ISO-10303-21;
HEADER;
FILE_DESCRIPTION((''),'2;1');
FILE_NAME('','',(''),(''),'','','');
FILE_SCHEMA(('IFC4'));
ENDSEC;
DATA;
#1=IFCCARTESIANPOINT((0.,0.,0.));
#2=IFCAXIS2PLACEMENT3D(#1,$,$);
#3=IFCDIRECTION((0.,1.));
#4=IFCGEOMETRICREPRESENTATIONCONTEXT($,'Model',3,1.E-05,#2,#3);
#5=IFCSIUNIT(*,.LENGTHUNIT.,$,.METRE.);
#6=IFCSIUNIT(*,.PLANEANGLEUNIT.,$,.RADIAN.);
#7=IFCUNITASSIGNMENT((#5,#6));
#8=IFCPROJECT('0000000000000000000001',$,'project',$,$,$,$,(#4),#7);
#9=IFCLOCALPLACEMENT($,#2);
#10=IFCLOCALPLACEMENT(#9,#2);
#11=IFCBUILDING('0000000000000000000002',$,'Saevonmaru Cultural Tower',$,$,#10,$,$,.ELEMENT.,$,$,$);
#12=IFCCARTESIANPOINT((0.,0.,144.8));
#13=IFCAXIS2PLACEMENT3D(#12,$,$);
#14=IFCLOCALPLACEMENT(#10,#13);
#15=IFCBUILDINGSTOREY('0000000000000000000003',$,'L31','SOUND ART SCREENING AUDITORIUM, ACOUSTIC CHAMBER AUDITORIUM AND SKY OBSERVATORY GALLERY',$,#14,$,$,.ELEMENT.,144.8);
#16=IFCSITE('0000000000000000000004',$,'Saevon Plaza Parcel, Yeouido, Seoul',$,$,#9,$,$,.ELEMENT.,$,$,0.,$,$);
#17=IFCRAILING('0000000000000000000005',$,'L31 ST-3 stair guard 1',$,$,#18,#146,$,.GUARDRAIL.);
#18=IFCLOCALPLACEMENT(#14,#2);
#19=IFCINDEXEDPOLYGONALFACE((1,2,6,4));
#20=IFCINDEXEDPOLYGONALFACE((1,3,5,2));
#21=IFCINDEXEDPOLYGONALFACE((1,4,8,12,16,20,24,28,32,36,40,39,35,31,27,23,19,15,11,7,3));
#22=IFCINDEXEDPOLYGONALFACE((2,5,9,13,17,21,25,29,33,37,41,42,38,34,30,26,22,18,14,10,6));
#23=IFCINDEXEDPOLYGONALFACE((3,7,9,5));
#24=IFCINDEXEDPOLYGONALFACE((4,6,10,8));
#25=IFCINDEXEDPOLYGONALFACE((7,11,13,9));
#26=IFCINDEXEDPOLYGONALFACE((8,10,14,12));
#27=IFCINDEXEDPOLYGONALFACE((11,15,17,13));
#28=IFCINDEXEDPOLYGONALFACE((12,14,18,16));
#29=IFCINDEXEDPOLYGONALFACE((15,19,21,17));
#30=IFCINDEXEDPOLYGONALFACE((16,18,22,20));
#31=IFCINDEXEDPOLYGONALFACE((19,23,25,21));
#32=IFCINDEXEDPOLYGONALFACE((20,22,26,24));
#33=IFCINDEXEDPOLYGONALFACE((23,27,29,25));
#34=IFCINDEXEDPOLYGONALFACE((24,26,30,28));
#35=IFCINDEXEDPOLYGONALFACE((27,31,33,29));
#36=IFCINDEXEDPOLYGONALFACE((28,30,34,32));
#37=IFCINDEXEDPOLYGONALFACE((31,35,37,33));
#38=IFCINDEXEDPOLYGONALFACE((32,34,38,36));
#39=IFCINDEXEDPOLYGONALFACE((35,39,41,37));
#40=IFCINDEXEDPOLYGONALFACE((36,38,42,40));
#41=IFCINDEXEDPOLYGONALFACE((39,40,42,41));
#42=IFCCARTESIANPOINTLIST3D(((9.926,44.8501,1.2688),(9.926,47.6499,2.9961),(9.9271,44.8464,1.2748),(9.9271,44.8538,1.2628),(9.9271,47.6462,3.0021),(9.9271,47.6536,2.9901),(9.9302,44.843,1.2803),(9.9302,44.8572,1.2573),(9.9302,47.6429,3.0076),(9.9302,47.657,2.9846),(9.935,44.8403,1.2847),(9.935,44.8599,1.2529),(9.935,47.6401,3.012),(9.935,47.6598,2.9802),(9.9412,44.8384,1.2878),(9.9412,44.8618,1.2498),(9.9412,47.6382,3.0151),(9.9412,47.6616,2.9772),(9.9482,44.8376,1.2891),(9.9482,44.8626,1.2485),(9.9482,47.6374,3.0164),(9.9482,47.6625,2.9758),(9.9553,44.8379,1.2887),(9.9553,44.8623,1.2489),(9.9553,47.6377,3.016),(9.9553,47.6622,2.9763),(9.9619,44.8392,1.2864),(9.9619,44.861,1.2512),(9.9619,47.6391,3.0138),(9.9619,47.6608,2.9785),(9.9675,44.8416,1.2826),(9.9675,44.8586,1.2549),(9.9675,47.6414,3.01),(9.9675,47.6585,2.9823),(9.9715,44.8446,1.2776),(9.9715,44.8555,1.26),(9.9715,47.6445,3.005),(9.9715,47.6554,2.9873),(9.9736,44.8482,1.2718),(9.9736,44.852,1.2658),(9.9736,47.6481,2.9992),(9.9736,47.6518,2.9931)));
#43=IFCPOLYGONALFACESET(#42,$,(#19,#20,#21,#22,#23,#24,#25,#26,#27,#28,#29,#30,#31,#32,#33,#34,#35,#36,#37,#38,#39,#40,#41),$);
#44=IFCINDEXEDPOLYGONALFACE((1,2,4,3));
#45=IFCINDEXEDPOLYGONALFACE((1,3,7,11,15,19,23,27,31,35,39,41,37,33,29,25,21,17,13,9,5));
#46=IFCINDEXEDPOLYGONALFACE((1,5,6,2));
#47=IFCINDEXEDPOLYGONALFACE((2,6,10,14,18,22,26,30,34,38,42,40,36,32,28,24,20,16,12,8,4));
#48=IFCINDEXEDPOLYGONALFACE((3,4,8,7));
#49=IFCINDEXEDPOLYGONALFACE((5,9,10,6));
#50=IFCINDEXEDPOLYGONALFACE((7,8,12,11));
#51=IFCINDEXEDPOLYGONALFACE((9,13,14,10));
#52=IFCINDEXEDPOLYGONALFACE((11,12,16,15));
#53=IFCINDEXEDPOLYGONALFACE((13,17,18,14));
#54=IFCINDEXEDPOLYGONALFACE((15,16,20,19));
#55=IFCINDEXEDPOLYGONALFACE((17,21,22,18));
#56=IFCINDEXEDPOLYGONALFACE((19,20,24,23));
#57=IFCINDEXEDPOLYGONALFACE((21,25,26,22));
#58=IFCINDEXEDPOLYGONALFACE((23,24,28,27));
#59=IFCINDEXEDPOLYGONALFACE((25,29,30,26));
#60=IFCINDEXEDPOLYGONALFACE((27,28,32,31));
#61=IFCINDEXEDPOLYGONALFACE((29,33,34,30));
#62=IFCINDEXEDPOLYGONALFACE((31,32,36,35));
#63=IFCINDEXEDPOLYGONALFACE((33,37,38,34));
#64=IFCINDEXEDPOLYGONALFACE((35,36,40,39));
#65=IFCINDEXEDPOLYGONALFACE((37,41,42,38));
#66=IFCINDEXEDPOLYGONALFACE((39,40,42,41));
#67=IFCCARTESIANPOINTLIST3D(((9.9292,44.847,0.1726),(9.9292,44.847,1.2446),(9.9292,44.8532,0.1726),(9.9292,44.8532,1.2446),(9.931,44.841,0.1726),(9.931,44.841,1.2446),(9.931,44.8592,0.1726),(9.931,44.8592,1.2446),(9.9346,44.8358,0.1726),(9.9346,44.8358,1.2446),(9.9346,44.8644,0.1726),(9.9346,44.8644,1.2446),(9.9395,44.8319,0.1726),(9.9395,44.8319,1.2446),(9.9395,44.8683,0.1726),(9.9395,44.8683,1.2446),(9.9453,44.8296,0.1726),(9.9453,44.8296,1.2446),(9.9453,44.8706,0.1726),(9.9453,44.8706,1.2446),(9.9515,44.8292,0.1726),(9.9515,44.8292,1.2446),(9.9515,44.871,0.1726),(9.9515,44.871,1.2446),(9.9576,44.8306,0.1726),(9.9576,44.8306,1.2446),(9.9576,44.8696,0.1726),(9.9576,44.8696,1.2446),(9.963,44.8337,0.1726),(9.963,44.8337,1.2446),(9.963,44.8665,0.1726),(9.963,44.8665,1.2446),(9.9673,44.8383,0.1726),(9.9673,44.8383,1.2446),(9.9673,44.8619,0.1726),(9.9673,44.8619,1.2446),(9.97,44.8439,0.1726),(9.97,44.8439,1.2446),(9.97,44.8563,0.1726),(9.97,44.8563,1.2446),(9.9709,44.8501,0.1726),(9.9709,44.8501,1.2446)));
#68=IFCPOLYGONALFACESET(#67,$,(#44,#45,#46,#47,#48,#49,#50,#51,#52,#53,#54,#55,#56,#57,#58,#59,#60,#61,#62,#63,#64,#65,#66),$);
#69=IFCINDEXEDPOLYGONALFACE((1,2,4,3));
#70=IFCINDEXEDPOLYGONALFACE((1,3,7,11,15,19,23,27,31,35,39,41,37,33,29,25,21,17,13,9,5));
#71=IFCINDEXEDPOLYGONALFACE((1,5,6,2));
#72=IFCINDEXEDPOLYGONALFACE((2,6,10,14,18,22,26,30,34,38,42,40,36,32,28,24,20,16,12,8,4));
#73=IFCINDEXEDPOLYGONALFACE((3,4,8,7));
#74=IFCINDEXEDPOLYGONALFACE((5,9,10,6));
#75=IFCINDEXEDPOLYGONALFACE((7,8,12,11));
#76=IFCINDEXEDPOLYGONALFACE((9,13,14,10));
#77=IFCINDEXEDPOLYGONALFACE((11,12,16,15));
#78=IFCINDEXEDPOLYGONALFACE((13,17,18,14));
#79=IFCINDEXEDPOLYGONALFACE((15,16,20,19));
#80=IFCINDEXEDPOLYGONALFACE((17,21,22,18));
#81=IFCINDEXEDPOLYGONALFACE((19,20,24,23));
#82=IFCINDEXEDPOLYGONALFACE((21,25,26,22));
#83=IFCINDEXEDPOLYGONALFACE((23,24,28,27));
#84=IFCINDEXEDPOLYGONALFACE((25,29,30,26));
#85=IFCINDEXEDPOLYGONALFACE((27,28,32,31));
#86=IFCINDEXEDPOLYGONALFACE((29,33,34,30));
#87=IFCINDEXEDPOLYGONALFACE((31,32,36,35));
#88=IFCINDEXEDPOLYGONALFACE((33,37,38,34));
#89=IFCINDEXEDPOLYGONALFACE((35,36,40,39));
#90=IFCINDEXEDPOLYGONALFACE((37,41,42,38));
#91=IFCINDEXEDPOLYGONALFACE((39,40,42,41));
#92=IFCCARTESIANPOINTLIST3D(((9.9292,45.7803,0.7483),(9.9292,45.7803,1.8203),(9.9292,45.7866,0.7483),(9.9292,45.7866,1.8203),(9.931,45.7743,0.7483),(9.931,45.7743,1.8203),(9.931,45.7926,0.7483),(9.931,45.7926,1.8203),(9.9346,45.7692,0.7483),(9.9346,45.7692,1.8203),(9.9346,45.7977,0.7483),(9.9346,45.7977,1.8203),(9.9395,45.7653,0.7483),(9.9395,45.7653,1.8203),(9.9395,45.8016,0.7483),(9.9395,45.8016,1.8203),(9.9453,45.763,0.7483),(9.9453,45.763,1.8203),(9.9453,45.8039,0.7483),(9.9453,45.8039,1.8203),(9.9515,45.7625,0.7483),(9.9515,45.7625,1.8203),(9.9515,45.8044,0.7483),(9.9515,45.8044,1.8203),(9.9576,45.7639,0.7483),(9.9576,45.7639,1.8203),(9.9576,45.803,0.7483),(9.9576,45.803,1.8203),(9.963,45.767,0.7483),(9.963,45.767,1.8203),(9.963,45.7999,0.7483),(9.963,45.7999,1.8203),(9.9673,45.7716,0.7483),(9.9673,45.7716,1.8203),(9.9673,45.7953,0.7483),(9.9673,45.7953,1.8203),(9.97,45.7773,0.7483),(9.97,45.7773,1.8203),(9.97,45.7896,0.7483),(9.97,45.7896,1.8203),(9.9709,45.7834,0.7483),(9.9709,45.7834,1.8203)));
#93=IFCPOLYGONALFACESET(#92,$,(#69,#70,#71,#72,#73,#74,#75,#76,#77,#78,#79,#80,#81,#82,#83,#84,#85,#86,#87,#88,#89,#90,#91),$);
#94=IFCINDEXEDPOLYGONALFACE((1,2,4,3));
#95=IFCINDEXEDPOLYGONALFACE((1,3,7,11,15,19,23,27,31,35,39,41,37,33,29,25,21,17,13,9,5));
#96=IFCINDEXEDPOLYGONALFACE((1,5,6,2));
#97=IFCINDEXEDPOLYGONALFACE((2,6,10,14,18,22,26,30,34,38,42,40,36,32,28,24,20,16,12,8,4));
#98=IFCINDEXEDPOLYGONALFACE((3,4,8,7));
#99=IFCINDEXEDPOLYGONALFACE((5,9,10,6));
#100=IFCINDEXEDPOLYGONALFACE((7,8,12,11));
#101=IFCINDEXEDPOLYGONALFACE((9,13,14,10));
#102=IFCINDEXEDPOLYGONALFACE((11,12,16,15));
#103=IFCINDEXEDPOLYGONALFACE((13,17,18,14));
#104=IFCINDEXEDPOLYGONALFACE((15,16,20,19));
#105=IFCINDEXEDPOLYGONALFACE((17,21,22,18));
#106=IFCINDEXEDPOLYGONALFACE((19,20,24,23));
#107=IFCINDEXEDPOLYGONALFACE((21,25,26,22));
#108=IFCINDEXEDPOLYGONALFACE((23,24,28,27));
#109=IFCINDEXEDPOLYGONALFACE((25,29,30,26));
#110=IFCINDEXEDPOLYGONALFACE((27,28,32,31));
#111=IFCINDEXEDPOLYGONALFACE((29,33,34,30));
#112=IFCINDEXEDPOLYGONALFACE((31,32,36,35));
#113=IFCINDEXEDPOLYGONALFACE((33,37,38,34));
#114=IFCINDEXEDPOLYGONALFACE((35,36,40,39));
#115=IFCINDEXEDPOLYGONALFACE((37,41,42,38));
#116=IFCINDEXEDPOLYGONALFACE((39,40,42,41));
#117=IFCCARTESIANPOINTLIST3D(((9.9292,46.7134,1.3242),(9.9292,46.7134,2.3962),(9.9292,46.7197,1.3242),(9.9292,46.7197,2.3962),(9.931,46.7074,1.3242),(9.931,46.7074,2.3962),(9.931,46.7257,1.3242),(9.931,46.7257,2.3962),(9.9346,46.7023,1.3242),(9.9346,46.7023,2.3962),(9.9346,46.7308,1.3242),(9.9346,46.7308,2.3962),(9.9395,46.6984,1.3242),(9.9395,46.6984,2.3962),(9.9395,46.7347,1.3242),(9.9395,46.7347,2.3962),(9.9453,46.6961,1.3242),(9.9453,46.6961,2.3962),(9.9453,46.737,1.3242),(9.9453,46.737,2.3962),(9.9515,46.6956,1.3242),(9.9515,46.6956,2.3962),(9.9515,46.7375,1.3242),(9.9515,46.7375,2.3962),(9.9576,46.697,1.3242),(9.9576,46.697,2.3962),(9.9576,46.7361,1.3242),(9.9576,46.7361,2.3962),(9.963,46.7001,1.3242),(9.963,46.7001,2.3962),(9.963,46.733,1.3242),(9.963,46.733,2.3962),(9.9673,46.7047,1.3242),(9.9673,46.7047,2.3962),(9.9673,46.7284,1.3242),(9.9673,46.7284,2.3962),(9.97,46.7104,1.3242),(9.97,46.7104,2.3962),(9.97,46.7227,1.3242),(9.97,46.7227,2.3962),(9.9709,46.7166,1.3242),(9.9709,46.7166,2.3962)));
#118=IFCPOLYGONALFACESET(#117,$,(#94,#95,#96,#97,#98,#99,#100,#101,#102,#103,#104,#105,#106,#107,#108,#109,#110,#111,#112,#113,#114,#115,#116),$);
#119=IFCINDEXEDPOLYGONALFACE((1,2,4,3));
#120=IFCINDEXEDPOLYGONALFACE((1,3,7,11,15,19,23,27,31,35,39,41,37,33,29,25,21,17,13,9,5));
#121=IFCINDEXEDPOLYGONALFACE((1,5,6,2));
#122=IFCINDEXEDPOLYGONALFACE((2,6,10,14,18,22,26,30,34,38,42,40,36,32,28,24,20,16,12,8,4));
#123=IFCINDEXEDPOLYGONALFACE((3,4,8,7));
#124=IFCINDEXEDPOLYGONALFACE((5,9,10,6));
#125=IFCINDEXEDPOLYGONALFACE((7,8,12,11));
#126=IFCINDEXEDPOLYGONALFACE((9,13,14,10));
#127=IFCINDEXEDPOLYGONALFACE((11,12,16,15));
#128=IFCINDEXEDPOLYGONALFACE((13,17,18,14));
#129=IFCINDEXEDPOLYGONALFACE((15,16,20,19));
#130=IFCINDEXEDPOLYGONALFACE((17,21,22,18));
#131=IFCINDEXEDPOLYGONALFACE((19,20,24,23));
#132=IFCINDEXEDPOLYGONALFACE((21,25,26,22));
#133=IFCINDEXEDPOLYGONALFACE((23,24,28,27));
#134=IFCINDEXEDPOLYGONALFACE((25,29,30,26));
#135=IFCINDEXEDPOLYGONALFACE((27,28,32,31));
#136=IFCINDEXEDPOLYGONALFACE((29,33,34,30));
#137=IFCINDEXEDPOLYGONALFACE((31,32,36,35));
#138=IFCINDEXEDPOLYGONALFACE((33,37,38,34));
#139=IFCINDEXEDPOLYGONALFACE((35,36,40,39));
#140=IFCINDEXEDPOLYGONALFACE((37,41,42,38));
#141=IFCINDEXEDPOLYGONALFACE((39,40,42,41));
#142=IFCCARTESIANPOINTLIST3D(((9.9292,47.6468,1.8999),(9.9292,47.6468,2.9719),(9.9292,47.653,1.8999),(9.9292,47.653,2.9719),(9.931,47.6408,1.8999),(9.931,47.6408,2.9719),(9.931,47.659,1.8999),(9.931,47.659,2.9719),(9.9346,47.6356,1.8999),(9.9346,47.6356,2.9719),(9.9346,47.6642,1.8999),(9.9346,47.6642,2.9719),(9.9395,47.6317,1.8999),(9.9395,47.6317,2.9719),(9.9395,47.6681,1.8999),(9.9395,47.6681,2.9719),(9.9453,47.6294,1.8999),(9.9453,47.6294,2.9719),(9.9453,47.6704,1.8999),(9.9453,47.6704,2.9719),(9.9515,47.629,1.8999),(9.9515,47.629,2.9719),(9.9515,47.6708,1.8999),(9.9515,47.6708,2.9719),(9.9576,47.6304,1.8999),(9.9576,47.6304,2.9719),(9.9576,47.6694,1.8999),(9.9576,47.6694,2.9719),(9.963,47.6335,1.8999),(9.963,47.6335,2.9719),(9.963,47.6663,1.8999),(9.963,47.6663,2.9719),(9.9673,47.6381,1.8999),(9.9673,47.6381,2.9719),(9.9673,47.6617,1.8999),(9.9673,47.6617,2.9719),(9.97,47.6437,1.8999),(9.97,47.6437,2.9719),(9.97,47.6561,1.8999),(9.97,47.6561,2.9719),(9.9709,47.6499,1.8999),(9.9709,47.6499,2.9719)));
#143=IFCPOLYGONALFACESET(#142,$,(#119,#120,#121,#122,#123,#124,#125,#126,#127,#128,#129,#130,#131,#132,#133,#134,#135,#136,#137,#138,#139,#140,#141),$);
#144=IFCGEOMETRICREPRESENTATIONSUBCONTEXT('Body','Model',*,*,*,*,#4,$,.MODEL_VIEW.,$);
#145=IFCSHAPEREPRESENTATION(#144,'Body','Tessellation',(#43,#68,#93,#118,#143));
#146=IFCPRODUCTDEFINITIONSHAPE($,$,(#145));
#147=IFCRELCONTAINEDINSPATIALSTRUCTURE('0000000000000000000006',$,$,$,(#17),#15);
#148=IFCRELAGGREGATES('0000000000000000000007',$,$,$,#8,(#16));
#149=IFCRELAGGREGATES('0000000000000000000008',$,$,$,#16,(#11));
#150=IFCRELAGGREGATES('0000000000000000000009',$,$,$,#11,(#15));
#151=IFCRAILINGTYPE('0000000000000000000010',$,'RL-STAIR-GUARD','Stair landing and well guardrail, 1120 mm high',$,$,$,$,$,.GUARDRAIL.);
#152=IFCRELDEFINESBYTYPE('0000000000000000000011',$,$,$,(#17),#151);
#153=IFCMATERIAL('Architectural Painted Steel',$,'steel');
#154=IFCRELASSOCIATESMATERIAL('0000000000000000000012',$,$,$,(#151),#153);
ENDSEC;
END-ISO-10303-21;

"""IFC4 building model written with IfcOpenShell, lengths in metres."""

from ifc_helpers import new_model, si_unit, direction, frame, origin, origin_2d, place, context, subcontext, project, spatial, circle, extrude, material, type_object, element, save


model = new_model("IFC4")

# Units and contexts
model_context = context("Model", 3, precision=1e-05, world=origin(), true_north=direction((0.0, 1.0)))
body_context = subcontext(model_context, "Body", "Model", "MODEL_VIEW")
ifc_project = project(units=[si_unit("LENGTHUNIT", "METRE"), si_unit("PLANEANGLEUNIT", "RADIAN")], contexts=[model_context])

# Site, building, storey
site_placement = place(None, origin())
site = spatial("IfcSite", under=ifc_project, at=site_placement, Name="Saevon Plaza Parcel, Yeouido, Seoul", CompositionType="ELEMENT", RefElevation=0.0)
building_placement = place(site_placement, origin())
building = spatial("IfcBuilding", under=site, at=building_placement, Name="Saevonmaru Cultural Tower", CompositionType="ELEMENT")
storey_placement = place(building_placement, frame((0.0, 0.0, 144.8)))
storey = spatial("IfcBuildingStorey", under=building, at=storey_placement, Name="L31", Description="SOUND ART SCREENING AUDITORIUM, ACOUSTIC CHAMBER AUDITORIUM AND SKY OBSERVATORY GALLERY", CompositionType="ELEMENT", Elevation=144.8)

# Railing
ifc_material_1 = material(Name="Architectural Painted Steel", Category="steel")
railing_type_1 = type_object("IfcRailingType", Name="RL-STAIR-GUARD", Description="Stair landing and well guardrail, 1120 mm high", PredefinedType="GUARDRAIL", material=ifc_material_1)
railing_1_placement = place(storey_placement, frame((9.95, 44.8501, 0.1726)))
element("IfcRailing", 1, at=railing_1_placement, inside=storey, type_object=railing_type_1, Name="L31 ST-3 stair guard 1", PredefinedType="GUARDRAIL", context=body_context, shape_type="SweptSolid", body=[
    extrude(circle(Radius=0.0239, at=origin_2d()), frame((0.0, 0.0, 1.0962), z_axis=(0.0, 0.851069, 0.525054), x_axis=(-1.0, 0.0, 0.0)), (0.0, 0.0, 1.0), 3.2898),
    extrude(circle(Radius=0.021, at=origin_2d()), origin(), (0.0, 0.0, 1.0), 1.072),
    extrude(circle(Radius=0.021, at=origin_2d()), frame((0.0, 0.9333, 0.5757)), (0.0, 0.0, 1.0), 1.072),
    extrude(circle(Radius=0.021, at=origin_2d()), frame((0.0, 1.8665, 1.1516)), (0.0, 0.0, 1.0), 1.072),
    extrude(circle(Radius=0.021, at=origin_2d()), frame((0.0, 2.7998, 1.7273)), (0.0, 0.0, 1.0), 1.072),
])

save(model, "model.ifc")
